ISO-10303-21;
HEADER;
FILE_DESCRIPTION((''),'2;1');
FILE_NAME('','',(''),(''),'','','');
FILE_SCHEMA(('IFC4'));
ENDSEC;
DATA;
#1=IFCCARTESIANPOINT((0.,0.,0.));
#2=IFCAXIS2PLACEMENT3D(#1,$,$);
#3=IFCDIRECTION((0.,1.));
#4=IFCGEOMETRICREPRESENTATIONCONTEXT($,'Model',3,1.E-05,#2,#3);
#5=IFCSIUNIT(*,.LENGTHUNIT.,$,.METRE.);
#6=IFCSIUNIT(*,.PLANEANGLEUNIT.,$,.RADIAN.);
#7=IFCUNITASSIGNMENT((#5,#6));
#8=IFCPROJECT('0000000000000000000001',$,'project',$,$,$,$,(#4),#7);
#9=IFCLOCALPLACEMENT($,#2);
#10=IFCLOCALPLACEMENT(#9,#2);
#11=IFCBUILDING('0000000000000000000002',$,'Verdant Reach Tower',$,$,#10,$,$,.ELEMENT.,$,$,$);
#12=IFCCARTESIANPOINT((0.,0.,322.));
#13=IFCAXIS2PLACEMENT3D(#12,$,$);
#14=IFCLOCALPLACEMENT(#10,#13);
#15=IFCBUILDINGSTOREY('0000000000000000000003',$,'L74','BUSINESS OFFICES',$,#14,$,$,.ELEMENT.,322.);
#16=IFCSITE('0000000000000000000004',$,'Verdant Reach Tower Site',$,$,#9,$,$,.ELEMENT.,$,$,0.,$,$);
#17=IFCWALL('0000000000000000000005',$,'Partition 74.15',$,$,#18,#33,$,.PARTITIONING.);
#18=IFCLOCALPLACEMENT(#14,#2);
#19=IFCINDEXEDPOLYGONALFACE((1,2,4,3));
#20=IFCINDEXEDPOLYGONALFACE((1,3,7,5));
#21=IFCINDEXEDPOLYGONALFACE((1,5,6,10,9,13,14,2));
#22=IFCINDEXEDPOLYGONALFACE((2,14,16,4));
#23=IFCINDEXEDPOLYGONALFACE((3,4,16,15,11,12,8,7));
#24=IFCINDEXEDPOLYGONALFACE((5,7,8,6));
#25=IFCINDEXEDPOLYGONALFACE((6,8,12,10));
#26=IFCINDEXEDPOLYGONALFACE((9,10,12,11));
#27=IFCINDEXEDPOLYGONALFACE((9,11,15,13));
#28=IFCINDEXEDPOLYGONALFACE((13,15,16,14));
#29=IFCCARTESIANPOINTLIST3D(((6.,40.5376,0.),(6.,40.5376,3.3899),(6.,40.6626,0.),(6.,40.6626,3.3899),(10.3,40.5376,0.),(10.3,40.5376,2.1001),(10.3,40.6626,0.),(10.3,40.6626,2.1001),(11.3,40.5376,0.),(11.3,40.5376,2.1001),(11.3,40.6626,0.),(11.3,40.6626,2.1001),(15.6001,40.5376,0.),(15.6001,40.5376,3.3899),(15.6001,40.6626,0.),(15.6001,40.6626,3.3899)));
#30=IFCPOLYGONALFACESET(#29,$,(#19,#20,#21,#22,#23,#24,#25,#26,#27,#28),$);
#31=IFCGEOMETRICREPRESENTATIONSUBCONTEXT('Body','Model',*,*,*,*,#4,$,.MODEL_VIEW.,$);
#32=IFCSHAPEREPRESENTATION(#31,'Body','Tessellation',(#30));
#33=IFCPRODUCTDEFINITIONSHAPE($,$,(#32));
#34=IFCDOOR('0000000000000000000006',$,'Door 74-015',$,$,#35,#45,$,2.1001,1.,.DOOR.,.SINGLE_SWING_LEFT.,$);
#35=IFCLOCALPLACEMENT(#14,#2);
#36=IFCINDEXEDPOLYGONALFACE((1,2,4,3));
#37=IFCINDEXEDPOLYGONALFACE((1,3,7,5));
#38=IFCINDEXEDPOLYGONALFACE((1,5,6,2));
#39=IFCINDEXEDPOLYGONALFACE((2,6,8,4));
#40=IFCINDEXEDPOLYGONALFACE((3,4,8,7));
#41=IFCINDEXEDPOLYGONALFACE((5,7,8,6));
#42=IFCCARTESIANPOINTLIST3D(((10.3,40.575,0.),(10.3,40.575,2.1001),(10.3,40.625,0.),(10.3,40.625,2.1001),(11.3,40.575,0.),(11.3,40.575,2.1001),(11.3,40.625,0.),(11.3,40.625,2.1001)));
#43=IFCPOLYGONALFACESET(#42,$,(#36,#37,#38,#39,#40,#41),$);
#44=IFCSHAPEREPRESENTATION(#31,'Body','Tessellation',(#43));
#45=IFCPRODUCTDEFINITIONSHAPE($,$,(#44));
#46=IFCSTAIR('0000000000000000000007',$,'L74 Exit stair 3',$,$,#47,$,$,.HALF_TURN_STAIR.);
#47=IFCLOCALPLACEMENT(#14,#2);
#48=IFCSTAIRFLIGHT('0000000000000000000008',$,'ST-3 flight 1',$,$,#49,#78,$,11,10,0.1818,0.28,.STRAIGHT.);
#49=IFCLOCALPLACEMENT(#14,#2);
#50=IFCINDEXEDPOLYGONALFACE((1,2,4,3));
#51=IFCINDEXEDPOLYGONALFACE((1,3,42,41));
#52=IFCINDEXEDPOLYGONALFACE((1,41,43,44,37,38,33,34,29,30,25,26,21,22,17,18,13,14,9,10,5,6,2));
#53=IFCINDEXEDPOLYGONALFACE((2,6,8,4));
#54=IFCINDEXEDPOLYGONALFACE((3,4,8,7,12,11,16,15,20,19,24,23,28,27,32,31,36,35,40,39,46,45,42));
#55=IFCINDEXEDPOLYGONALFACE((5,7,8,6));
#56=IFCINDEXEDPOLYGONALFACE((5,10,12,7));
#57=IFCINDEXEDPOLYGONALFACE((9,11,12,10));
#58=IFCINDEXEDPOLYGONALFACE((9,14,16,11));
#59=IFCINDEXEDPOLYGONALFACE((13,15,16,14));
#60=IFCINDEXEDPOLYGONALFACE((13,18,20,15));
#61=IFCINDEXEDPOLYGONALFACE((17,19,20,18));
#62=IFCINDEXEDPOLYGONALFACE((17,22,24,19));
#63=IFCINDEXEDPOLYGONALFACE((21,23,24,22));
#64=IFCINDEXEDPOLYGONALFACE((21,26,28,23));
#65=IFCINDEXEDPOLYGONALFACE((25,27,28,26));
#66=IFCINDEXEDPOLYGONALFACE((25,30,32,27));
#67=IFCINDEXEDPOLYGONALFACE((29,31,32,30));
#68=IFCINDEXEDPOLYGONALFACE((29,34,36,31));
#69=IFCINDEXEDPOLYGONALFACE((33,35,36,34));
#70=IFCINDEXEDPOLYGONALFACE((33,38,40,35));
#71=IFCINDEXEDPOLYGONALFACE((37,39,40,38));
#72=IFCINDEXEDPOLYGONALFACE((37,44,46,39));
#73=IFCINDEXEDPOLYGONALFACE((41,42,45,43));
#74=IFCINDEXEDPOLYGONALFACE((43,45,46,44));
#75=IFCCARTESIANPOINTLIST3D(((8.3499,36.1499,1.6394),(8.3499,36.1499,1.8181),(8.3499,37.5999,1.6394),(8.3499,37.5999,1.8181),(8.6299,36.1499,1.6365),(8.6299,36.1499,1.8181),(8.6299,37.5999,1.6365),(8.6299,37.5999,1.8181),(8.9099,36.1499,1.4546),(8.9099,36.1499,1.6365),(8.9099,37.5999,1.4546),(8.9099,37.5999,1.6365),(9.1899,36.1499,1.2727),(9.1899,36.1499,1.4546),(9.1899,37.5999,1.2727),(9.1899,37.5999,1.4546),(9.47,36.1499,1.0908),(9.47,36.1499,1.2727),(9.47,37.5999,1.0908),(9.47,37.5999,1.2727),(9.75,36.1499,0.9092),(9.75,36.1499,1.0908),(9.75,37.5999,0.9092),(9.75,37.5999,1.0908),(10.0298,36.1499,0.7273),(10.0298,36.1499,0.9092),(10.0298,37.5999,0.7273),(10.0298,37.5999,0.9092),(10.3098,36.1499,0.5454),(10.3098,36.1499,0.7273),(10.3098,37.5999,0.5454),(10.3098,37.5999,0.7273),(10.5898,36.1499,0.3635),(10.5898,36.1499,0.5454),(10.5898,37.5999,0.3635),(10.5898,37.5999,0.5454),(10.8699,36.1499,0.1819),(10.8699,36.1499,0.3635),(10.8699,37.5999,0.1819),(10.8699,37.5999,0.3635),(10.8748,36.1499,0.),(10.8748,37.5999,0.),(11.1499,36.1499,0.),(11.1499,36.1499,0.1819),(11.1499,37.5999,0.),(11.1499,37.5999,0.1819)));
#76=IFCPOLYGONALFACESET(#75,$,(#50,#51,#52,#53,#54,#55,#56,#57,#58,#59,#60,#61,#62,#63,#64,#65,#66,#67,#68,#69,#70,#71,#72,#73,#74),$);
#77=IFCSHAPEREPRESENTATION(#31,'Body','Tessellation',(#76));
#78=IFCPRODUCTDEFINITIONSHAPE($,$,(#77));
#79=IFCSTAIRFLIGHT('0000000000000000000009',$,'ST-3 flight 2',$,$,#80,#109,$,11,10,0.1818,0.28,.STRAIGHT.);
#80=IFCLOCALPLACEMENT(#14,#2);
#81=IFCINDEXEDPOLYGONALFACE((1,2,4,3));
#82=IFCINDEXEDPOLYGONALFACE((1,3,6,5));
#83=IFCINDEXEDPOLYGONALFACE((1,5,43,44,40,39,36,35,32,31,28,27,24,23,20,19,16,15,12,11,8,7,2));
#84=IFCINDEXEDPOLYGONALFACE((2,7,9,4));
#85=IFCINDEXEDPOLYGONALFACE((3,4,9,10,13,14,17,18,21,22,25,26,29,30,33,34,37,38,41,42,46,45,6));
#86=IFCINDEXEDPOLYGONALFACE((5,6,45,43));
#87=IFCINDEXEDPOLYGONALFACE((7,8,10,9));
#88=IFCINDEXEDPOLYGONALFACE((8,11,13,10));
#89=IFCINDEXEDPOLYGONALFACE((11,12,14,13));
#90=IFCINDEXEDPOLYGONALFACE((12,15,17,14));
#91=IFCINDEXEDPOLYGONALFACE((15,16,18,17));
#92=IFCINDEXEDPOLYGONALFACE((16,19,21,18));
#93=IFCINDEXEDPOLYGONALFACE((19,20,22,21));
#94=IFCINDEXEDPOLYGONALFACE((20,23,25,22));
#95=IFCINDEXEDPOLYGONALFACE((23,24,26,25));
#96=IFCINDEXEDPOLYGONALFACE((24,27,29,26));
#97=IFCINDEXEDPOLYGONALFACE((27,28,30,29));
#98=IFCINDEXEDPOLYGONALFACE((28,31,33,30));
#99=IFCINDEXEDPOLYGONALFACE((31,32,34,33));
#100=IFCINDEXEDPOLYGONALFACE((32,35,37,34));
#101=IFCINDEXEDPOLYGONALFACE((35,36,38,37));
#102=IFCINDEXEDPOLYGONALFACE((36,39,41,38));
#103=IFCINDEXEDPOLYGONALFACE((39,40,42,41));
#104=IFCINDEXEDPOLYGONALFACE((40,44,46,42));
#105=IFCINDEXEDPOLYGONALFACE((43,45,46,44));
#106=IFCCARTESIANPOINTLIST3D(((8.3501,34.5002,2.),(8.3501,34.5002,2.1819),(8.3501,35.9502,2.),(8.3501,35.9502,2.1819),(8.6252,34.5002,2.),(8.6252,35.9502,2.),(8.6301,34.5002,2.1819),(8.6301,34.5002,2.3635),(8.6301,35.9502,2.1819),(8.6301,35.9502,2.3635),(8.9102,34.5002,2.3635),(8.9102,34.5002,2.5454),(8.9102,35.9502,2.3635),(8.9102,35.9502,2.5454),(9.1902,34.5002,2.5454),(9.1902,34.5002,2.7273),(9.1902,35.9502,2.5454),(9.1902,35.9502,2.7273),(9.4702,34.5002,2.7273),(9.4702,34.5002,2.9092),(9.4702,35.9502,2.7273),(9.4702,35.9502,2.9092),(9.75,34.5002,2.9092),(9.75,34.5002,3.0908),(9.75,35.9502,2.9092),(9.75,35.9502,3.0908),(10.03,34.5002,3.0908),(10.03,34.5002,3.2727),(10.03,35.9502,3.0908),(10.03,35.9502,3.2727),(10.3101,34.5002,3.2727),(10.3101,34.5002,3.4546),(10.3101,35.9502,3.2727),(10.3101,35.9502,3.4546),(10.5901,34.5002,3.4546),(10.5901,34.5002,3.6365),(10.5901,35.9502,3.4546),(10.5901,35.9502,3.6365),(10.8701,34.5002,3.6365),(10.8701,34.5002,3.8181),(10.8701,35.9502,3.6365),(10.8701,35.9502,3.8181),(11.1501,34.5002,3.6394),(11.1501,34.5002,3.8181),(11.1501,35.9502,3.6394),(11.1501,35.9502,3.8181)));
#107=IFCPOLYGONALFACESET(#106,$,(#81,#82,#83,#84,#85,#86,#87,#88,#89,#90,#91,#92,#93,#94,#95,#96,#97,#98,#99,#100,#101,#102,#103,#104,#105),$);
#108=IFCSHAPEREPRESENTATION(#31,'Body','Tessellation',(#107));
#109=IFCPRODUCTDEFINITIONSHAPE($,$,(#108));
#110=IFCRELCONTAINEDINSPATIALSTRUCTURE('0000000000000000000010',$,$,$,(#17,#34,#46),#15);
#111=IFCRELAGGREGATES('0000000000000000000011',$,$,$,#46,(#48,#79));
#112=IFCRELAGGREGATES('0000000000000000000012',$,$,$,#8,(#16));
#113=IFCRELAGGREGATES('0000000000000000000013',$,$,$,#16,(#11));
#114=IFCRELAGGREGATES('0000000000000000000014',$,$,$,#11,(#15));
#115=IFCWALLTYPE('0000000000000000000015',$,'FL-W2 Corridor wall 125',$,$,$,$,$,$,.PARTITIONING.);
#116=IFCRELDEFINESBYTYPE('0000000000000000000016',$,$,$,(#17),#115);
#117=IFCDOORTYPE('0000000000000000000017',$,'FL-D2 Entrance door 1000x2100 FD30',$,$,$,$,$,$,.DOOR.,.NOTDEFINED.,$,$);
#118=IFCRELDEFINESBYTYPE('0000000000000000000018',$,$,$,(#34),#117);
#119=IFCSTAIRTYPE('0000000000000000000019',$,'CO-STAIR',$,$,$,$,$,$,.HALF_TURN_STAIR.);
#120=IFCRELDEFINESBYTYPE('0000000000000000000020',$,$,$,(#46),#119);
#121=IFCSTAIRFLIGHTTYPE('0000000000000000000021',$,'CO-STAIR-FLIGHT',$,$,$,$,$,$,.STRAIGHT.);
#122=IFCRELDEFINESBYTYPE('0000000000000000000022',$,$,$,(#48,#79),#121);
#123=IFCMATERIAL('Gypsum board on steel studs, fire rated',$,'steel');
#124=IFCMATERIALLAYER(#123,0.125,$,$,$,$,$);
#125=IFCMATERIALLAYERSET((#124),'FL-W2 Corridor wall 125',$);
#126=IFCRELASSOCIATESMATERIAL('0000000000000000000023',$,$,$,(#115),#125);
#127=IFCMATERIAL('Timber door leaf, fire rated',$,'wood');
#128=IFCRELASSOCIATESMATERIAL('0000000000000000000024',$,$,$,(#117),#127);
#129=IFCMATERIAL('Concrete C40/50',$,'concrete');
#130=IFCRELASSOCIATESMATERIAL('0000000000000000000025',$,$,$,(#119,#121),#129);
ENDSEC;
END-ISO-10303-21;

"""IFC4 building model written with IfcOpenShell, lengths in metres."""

from ifc_helpers import new_model, si_unit, direction, frame, frame_2d, origin, place, context, subcontext, project, spatial, polyline, rectangle, outline, extrude, material, layer, layer_set, type_object, element, fill, aggregate, save


model = new_model("IFC4")

# Units and contexts
model_context = context("Model", 3, precision=1e-05, world=origin(), true_north=direction((0.0, 1.0)))
body_context = subcontext(model_context, "Body", "Model", "MODEL_VIEW")
ifc_project = project(units=[si_unit("LENGTHUNIT", "METRE"), si_unit("PLANEANGLEUNIT", "RADIAN")], contexts=[model_context])

# Site, building, storey
site_placement = place(None, origin())
site = spatial("IfcSite", under=ifc_project, at=site_placement, Name="Verdant Reach Tower Site", CompositionType="ELEMENT", RefElevation=0.0)
building_placement = place(site_placement, origin())
building = spatial("IfcBuilding", under=site, at=building_placement, Name="Verdant Reach Tower", CompositionType="ELEMENT")
storey_placement = place(building_placement, frame((0.0, 0.0, 322.0)))
storey = spatial("IfcBuildingStorey", under=building, at=storey_placement, Name="L74", Description="BUSINESS OFFICES", CompositionType="ELEMENT", Elevation=322.0)

# Shared definitions
ifc_material_1 = material(Name="Concrete C40/50", Category="concrete")

# Wall, opening, door
ifc_material_2 = material(Name="Gypsum board on steel studs, fire rated", Category="steel")
ifc_layer_1 = layer(ifc_material_2, 0.125)
ifc_layer_set_1 = layer_set([ifc_layer_1], Name="FL-W2 Corridor wall 125")
wall_type_1 = type_object("IfcWallType", Name="FL-W2 Corridor wall 125", PredefinedType="PARTITIONING", material=ifc_layer_set_1)
ifc_material_3 = material(Name="Timber door leaf, fire rated", Category="wood")
door_type_1 = type_object("IfcDoorType", Name="FL-D2 Entrance door 1000x2100 FD30", OperationType="NOTDEFINED", PredefinedType="DOOR", material=ifc_material_3)
wall_1_placement = place(storey_placement, frame((6.0, 40.6001, 0.0), z_axis=(0.0, 0.0, 1.0), x_axis=(1.0, 0.0, 0.0)))
wall_1 = element("IfcWall", 1, at=wall_1_placement, inside=storey, type_object=wall_type_1, Name="Partition 74.15", PredefinedType="PARTITIONING", context=body_context, shape_type="SweptSolid", body=[
    extrude(rectangle(XDim=9.6001, YDim=0.125, at=frame_2d((4.8, 0.0))), origin(), (0.0, 0.0, 1.0), 3.3899),
])
opening_1_placement = place(wall_1_placement, frame((4.3, 0.0, 0.0)))
opening_1 = element("IfcOpeningElement", 2, at=opening_1_placement, cuts=wall_1, PredefinedType="OPENING", context=body_context, shape_type="SweptSolid", body=[
    extrude(rectangle(XDim=1.0, YDim=2.1001, at=frame_2d((0.5, 1.05))), frame((0.0, 0.0725, 0.0), z_axis=(0.0, -1.0, 0.0), x_axis=(1.0, 0.0, 0.0)), (0.0, 0.0, 1.0), 0.145),
])
door_1_placement = place(opening_1_placement, origin())
door_1 = element("IfcDoor", 3, at=door_1_placement, inside=storey, type_object=door_type_1, Name="Door 74-015", OperationType="SINGLE_SWING_LEFT", OverallHeight=2.1001, OverallWidth=1.0, PredefinedType="DOOR", context=body_context, shape_type="SweptSolid", body=[
    extrude(rectangle(XDim=1.0, YDim=2.1001, at=frame_2d((0.5, 1.05))), frame((0.0, 0.0249, 0.0), z_axis=(0.0, -1.0, 0.0), x_axis=(1.0, 0.0, 0.0)), (0.0, 0.0, 1.0), 0.05),
])
fill(opening_1, door_1)

# Stair, stair flights
stair_type = type_object("IfcStairType", Name="CO-STAIR", PredefinedType="HALF_TURN_STAIR", material=ifc_material_1)
stair_placement = place(storey_placement, origin())
stair = element("IfcStair", 4, at=stair_placement, inside=storey, type_object=stair_type, Name="L74 Exit stair 3", PredefinedType="HALF_TURN_STAIR")
stair_flight_type = type_object("IfcStairFlightType", Name="CO-STAIR-FLIGHT", PredefinedType="STRAIGHT", material=ifc_material_1)
stair_flight_1_placement = place(storey_placement, frame((11.1499, 36.875, 0.0), z_axis=(0.0, 0.0, 1.0), x_axis=(-1.0, 0.0, 0.0)))
stair_flight_1 = element("IfcStairFlight", 5, at=stair_flight_1_placement, type_object=stair_flight_type, Name="ST-3 flight 1", NumberOfRisers=11, NumberOfTreads=10, PredefinedType="STRAIGHT", RiserHeight=0.1818, TreadLength=0.28, context=body_context, shape_type="SweptSolid", body=[
    extrude(outline(polyline([(0.0, 0.0), (0.0, 0.1819), (0.28, 0.1819), (0.28, 0.3635), (0.5601, 0.3635), (0.5601, 0.5454), (0.8401, 0.5454), (0.8401, 0.7273), (1.1201, 0.7273), (1.1201, 0.9092), (1.3999, 0.9092), (1.3999, 1.0908), (1.6799, 1.0908), (1.6799, 1.2727), (1.96, 1.2727), (1.96, 1.4546), (2.24, 1.4546), (2.24, 1.6365), (2.52, 1.6365), (2.52, 1.8181), (2.8, 1.8181), (2.8, 2.0), (2.8, 1.6394), (0.2751, 0.0), (0.0, 0.0)])), frame((0.0, 0.7251, 0.0), z_axis=(0.0, -1.0, 0.0), x_axis=(1.0, 0.0, 0.0)), (0.0, 0.0, 1.0), 1.45),
])
stair_flight_2_placement = place(storey_placement, frame((8.3501, 35.2251, 2.0), z_axis=(0.0, 0.0, 1.0), x_axis=(1.0, 0.0, 0.0)))
stair_flight_2 = element("IfcStairFlight", 6, at=stair_flight_2_placement, type_object=stair_flight_type, Name="ST-3 flight 2", NumberOfRisers=11, NumberOfTreads=10, PredefinedType="STRAIGHT", RiserHeight=0.1818, TreadLength=0.28, context=body_context, shape_type="SweptSolid", body=[
    extrude(outline(polyline([(0.0, 0.0), (0.0, 0.1819), (0.28, 0.1819), (0.28, 0.3635), (0.5601, 0.3635), (0.5601, 0.5454), (0.8401, 0.5454), (0.8401, 0.7273), (1.1201, 0.7273), (1.1201, 0.9092), (1.3999, 0.9092), (1.3999, 1.0908), (1.6799, 1.0908), (1.6799, 1.2727), (1.96, 1.2727), (1.96, 1.4546), (2.24, 1.4546), (2.24, 1.6365), (2.52, 1.6365), (2.52, 1.8181), (2.8, 1.8181), (2.8, 2.0), (2.8, 1.6394), (0.2751, 0.0), (0.0, 0.0)])), frame((0.0, 0.7251, 0.0), z_axis=(0.0, -1.0, 0.0), x_axis=(1.0, 0.0, 0.0)), (0.0, 0.0, 1.0), 1.45),
])
aggregate(stair, [stair_flight_1, stair_flight_2])

save(model, "model.ifc")
